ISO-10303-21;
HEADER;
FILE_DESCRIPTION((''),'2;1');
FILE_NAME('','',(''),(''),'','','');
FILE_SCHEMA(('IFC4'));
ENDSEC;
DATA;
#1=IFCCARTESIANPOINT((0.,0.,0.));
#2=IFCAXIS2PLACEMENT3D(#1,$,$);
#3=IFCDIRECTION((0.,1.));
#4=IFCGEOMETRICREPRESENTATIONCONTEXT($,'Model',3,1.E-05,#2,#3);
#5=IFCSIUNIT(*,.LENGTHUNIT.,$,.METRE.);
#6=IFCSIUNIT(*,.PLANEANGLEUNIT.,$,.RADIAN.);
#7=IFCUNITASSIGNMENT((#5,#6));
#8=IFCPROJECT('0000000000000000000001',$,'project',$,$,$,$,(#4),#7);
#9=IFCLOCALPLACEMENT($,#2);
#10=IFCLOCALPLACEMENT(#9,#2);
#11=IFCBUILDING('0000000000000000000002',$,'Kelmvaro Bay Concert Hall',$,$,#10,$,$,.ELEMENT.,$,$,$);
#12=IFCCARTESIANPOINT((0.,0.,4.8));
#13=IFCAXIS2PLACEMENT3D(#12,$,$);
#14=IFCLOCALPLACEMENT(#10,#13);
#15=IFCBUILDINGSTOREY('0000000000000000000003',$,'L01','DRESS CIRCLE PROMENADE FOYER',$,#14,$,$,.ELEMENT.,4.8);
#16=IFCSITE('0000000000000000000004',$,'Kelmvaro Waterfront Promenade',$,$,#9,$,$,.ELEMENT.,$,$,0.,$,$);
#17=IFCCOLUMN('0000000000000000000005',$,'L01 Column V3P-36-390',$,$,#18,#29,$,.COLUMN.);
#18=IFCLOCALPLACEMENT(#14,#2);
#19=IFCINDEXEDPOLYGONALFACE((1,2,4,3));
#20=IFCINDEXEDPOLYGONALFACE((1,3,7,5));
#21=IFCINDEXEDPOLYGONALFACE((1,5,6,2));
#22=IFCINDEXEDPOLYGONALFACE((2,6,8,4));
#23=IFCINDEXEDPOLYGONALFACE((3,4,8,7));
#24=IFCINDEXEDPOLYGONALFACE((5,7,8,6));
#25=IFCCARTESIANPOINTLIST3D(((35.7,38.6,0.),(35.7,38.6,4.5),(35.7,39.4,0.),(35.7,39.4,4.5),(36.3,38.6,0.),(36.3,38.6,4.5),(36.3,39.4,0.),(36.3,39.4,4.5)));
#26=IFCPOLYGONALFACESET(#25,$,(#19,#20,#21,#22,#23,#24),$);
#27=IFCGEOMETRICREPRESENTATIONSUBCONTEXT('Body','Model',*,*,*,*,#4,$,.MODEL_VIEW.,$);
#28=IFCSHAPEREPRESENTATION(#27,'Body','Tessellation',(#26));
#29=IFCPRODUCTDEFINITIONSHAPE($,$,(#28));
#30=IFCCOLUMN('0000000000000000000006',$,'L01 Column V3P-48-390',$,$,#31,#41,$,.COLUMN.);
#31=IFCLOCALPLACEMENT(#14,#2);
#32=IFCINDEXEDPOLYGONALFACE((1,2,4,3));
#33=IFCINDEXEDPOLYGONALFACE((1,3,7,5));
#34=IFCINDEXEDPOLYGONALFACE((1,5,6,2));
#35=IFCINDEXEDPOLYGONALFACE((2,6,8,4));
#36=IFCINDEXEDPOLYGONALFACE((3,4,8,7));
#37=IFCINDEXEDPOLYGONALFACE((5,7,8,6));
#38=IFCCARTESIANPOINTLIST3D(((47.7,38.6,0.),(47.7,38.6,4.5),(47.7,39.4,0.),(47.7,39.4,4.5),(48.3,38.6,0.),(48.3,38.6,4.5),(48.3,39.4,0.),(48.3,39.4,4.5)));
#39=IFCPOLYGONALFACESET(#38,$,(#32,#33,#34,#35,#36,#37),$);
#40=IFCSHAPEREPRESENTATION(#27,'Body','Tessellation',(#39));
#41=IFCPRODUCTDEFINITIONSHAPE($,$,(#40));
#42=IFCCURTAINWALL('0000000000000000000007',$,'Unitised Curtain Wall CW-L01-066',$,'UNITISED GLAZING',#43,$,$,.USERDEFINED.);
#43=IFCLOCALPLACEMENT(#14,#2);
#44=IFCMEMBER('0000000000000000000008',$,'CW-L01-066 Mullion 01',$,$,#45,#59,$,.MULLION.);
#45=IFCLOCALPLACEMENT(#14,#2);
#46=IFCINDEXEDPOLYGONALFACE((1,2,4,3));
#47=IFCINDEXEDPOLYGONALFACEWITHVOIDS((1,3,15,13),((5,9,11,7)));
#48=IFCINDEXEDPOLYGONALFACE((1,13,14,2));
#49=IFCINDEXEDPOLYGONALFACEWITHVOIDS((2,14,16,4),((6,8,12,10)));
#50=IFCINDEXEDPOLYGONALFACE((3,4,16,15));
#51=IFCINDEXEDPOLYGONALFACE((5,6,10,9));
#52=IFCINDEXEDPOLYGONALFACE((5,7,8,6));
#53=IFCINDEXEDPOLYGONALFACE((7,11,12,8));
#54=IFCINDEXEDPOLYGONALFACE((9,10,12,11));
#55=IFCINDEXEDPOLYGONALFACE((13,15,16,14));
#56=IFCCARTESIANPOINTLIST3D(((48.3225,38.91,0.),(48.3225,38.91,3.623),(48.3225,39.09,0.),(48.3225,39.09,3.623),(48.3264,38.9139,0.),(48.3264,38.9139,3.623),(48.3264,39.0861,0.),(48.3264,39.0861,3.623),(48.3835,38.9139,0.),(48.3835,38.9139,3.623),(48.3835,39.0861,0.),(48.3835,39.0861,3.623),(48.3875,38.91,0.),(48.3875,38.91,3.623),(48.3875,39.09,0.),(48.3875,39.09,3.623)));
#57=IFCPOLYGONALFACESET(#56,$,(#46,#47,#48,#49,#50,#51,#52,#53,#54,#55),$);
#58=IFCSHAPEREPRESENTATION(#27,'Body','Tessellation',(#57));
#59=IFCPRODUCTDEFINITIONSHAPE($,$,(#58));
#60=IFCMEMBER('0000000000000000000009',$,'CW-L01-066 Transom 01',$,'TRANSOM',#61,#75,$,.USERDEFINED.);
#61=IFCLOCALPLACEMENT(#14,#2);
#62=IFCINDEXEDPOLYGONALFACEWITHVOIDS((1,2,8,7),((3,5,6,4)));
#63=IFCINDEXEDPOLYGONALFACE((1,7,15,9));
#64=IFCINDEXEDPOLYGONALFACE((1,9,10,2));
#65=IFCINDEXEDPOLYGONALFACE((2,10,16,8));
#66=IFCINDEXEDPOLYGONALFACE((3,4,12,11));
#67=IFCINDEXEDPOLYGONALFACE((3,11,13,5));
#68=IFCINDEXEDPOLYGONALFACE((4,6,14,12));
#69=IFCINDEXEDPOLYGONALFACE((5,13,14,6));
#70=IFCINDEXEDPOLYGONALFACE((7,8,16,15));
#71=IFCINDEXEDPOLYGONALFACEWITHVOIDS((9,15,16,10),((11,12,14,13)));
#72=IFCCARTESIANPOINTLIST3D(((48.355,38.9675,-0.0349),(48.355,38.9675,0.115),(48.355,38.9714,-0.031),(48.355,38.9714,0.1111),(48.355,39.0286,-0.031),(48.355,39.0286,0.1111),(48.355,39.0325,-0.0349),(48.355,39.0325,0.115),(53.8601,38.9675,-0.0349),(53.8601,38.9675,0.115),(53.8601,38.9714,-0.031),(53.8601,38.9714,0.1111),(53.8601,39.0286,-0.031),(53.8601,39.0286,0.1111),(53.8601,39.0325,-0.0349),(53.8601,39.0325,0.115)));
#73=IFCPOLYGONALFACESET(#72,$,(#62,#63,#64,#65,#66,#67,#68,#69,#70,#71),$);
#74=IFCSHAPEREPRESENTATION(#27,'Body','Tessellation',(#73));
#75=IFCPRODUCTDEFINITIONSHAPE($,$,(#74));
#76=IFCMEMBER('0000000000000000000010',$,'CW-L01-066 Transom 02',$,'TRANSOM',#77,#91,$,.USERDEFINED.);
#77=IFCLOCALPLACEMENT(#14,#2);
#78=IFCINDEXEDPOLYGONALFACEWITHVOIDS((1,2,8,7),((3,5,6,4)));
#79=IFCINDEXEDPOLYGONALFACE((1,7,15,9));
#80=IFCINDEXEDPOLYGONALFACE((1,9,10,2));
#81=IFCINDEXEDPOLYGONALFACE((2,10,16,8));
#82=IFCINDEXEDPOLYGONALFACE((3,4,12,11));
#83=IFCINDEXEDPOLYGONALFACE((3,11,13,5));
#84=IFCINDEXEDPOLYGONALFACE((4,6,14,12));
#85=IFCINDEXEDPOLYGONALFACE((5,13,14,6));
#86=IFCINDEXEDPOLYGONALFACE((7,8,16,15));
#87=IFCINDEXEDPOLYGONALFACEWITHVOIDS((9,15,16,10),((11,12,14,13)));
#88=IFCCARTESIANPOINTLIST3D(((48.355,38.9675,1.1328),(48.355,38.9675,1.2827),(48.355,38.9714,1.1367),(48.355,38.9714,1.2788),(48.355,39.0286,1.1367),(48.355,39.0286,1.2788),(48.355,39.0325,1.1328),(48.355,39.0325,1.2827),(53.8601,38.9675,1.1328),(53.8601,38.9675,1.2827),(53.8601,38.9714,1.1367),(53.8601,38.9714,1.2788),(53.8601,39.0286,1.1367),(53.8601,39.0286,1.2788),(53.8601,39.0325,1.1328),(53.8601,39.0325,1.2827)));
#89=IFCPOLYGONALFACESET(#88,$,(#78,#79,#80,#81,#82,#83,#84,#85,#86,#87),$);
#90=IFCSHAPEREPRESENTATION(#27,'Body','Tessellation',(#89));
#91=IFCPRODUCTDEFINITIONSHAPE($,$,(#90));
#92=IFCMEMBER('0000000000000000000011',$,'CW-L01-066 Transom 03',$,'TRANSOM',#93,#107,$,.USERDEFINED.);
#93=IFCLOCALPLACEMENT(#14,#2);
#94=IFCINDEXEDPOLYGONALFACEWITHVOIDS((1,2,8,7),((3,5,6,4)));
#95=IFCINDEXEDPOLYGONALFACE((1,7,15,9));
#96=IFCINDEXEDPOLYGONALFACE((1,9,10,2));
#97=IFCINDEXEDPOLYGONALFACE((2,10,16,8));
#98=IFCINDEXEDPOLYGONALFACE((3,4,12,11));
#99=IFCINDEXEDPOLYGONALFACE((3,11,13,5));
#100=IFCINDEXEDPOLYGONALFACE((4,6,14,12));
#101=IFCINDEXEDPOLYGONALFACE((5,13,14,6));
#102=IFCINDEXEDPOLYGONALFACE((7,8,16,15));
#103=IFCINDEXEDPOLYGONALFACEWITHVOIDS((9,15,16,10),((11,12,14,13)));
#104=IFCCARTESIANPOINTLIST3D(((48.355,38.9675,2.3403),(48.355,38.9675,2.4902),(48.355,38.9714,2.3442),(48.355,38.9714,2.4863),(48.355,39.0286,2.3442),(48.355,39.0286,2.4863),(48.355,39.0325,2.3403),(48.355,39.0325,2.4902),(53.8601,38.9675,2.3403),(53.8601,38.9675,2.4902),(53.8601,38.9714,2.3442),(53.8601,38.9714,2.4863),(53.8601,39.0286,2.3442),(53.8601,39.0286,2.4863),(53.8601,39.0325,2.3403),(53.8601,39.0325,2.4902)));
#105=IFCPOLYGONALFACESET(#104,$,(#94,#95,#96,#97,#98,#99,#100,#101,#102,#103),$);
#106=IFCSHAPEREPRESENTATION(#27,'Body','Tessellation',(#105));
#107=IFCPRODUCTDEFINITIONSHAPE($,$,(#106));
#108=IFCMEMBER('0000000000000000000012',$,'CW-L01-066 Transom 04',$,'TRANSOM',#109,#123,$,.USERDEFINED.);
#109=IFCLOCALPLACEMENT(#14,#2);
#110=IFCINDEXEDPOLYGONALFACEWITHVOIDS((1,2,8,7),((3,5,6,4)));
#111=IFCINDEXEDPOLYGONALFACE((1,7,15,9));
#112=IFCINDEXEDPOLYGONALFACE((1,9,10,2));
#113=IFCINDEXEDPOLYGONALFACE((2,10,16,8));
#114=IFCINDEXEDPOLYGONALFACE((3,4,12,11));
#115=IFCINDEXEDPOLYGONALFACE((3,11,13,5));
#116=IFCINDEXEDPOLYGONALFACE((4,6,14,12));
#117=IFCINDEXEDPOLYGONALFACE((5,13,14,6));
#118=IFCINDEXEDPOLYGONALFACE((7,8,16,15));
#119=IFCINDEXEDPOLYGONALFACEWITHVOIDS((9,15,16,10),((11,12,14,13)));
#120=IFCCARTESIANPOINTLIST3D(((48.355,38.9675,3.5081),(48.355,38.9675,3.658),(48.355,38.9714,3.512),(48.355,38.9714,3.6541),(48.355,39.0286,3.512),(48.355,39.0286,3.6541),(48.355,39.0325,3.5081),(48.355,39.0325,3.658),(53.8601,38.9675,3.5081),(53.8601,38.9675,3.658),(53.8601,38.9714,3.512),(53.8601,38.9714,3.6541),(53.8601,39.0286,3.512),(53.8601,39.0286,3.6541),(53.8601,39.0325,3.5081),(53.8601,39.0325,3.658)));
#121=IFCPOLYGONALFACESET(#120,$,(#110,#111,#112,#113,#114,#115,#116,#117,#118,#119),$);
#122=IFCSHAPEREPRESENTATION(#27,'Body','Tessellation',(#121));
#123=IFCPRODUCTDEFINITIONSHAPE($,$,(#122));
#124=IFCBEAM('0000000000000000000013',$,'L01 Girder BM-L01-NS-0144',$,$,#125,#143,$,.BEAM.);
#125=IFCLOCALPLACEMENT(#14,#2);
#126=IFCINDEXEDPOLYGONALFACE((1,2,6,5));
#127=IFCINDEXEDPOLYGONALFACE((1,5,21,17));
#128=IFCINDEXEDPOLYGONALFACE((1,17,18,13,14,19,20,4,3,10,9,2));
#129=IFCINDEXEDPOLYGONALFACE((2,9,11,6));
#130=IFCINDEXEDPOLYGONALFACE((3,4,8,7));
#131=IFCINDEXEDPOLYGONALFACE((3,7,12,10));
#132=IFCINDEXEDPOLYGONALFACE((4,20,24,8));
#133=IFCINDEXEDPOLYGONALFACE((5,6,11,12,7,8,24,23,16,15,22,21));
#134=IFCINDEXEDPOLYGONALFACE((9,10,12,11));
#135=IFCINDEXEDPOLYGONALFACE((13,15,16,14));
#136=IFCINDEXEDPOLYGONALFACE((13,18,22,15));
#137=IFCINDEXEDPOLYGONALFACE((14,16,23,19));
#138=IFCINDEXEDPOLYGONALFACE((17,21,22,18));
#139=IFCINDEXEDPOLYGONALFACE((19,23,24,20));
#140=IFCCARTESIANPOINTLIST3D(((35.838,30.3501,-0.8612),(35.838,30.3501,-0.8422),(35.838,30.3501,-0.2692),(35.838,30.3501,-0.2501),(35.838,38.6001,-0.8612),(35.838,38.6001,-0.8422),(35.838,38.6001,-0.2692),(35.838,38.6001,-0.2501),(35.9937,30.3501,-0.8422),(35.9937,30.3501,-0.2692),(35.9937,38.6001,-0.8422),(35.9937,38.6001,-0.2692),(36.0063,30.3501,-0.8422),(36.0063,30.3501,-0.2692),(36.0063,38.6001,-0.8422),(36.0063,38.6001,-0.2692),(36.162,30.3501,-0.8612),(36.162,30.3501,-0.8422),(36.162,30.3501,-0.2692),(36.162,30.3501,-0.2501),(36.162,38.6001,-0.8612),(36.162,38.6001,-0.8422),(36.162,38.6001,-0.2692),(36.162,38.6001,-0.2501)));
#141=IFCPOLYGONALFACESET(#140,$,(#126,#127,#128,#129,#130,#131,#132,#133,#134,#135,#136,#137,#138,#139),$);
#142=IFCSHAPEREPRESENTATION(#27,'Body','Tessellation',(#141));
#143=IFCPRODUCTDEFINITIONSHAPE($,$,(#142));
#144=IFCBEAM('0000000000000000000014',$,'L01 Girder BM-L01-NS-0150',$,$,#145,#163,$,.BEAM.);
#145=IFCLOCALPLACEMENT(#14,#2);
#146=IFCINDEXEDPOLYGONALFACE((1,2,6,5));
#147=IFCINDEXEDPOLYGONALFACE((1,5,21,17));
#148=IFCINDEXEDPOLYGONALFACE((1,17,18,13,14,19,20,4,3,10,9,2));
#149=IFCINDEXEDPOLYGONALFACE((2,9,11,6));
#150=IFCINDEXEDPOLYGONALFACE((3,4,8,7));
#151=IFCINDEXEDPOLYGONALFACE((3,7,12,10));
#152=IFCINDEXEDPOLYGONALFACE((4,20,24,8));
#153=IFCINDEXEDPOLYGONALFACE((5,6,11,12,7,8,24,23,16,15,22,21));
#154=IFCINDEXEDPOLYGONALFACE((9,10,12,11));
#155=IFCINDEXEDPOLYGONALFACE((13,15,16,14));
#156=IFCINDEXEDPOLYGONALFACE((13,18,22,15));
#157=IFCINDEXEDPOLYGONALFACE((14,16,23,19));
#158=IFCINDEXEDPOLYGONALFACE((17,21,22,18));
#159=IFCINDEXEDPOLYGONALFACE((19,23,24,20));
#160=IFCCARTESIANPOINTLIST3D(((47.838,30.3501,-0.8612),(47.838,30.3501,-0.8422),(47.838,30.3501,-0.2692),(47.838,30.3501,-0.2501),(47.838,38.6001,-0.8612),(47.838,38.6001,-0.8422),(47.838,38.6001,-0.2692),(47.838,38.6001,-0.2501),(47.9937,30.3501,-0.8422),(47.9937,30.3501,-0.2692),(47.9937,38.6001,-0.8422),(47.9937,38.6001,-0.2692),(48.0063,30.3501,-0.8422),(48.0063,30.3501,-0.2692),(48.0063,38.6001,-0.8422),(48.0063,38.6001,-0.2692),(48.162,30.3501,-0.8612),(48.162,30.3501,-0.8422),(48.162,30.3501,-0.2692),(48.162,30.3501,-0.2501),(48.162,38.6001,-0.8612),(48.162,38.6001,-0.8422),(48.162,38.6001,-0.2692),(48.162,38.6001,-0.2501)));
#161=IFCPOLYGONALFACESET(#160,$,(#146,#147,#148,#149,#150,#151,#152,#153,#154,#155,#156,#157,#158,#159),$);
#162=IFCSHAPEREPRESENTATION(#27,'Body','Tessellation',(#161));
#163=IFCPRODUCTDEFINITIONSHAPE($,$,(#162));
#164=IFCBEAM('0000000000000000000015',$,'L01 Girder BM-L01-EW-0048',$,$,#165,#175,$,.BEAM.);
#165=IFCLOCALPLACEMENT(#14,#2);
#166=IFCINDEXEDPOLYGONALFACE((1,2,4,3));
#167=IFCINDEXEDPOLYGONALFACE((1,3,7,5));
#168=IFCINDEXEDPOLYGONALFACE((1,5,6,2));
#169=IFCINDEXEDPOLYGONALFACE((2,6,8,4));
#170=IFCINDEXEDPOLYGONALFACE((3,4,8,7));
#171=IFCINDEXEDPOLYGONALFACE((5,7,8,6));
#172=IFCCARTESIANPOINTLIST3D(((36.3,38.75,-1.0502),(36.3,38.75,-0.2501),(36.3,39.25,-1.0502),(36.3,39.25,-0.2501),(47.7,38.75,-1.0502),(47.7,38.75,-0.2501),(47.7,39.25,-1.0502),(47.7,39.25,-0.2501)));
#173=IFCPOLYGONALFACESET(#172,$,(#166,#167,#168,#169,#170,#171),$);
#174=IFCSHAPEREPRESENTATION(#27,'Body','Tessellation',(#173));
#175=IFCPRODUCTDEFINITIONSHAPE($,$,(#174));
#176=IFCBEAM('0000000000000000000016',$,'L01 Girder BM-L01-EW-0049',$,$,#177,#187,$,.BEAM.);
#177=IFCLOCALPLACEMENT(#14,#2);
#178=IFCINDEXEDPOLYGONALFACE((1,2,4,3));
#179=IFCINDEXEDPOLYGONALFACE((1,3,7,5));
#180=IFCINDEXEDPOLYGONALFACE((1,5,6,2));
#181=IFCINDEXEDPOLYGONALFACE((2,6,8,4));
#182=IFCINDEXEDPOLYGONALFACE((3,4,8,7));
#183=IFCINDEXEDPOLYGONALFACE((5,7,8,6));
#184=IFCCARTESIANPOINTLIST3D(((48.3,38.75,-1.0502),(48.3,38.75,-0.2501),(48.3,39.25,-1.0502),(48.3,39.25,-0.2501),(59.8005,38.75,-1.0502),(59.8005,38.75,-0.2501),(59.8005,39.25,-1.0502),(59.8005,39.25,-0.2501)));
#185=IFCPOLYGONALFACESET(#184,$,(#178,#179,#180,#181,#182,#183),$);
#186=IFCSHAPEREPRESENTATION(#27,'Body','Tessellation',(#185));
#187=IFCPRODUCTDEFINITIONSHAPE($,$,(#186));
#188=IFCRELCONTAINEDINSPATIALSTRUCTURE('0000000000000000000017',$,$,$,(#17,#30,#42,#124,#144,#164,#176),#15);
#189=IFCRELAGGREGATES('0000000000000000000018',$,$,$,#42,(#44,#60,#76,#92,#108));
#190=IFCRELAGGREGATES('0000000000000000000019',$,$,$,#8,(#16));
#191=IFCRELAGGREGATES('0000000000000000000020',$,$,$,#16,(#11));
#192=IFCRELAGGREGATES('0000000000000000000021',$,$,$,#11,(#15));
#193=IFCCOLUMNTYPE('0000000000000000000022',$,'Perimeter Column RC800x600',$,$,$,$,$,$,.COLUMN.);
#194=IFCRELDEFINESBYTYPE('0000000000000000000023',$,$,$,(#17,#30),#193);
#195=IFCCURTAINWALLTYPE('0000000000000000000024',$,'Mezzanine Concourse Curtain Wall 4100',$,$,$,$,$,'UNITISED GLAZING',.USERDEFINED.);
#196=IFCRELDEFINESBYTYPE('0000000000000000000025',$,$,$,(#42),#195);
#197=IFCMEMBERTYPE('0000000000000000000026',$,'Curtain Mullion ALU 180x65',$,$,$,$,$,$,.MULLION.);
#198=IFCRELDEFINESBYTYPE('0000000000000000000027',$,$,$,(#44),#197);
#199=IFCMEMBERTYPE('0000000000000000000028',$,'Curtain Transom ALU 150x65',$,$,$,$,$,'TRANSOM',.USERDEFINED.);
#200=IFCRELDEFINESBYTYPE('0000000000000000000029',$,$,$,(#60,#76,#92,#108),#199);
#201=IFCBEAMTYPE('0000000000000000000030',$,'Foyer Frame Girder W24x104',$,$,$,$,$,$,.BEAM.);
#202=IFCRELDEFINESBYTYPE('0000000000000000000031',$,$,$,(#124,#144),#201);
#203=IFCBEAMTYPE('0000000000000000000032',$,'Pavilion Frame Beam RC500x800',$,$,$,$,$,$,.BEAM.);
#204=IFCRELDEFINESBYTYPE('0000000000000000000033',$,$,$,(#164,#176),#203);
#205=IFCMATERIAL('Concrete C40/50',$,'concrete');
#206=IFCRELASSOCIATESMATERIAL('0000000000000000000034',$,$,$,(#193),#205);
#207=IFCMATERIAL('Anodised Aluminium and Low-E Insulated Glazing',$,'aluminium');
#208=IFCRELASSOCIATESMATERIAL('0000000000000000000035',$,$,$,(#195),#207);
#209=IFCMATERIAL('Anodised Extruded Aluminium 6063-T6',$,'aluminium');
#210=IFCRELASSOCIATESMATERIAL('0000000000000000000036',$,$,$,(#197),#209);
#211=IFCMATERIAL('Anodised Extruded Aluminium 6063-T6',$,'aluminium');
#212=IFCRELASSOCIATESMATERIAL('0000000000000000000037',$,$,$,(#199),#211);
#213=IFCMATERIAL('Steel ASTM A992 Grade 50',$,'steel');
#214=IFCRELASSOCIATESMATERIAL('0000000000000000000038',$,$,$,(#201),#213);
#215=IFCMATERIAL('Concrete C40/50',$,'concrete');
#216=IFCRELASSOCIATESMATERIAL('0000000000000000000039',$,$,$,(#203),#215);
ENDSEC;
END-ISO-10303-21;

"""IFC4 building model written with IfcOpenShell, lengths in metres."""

from ifc_helpers import new_model, si_unit, direction, frame, origin, origin_2d, place, context, subcontext, project, spatial, rectangle, hollow_rectangle, i_section, extrude, material, material_profile, profile_set, type_object, element, aggregate, save


model = new_model("IFC4")

# Units and contexts
model_context = context("Model", 3, precision=1e-05, world=origin(), true_north=direction((0.0, 1.0)))
body_context = subcontext(model_context, "Body", "Model", "MODEL_VIEW")
ifc_project = project(units=[si_unit("LENGTHUNIT", "METRE"), si_unit("PLANEANGLEUNIT", "RADIAN")], contexts=[model_context])

# Site, building, storey
site_placement = place(None, origin())
site = spatial("IfcSite", under=ifc_project, at=site_placement, Name="Kelmvaro Waterfront Promenade", CompositionType="ELEMENT", RefElevation=0.0)
building_placement = place(site_placement, origin())
building = spatial("IfcBuilding", under=site, at=building_placement, Name="Kelmvaro Bay Concert Hall", CompositionType="ELEMENT")
storey_placement = place(building_placement, frame((0.0, 0.0, 4.8)))
storey = spatial("IfcBuildingStorey", under=building, at=storey_placement, Name="L01", Description="DRESS CIRCLE PROMENADE FOYER", CompositionType="ELEMENT", Elevation=4.8)

# Columns
ifc_material_1 = material(Name="Concrete C40/50", Category="concrete")
ifc_material_profile_1 = material_profile(ifc_material_1, rectangle(XDim=0.6001, YDim=0.8, at=origin_2d()), Name="RC-COL-800X600")
ifc_profile_set_1 = profile_set([ifc_material_profile_1], Name="Concrete C40/50")
column_type = type_object("IfcColumnType", Name="Perimeter Column RC800x600", PredefinedType="COLUMN", material=ifc_profile_set_1)
for number, where, z_axis, x_axis, name in (
    (1, (36.0, 39.0, 0.0), (0.0, 0.0, 1.0), (1.0, 0.0, 0.0), "L01 Column V3P-36-390"),
    (2, (48.0, 39.0, 0.0), (0.0, 0.0, 1.0), (1.0, 0.0, 0.0), "L01 Column V3P-48-390"),
):
    element("IfcColumn", number, at=place(storey_placement, frame(where, z_axis=z_axis, x_axis=x_axis)), inside=storey, type_object=column_type, Name=name, PredefinedType="COLUMN", context=body_context, shape_type="SweptSolid", body=[
        extrude(rectangle(XDim=0.6001, YDim=0.8, at=origin_2d()), origin(), (0.0, 0.0, 1.0), 4.5),
    ])

# Curtain wall, members
ifc_material_2 = material(Name="Anodised Aluminium and Low-E Insulated Glazing", Category="aluminium")
curtain_wall_type = type_object("IfcCurtainWallType", Name="Mezzanine Concourse Curtain Wall 4100", ElementType="UNITISED GLAZING", PredefinedType="USERDEFINED", material=ifc_material_2)
curtain_wall_placement = place(storey_placement, origin())
curtain_wall = element("IfcCurtainWall", 3, at=curtain_wall_placement, inside=storey, type_object=curtain_wall_type, Name="Unitised Curtain Wall CW-L01-066", ObjectType="UNITISED GLAZING", PredefinedType="USERDEFINED")
ifc_material_3 = material(Name="Anodised Extruded Aluminium 6063-T6", Category="aluminium")
ifc_material_profile_2 = material_profile(ifc_material_3, hollow_rectangle(XDim=0.0649, YDim=0.1799, WallThickness=0.0039, at=origin_2d()), Name="ALU-MUL-180X65")
ifc_profile_set_2 = profile_set([ifc_material_profile_2], Name="Anodised Extruded Aluminium 6063-T6")
member_type_1 = type_object("IfcMemberType", Name="Curtain Mullion ALU 180x65", PredefinedType="MULLION", material=ifc_profile_set_2)
member_1_placement = place(storey_placement, frame((48.355, 39.0, 0.0), z_axis=(0.0, 0.0, 1.0), x_axis=(1.0, 0.0, 0.0)))
member_1 = element("IfcMember", 4, at=member_1_placement, type_object=member_type_1, Name="CW-L01-066 Mullion 01", PredefinedType="MULLION", context=body_context, shape_type="SweptSolid", body=[
    extrude(hollow_rectangle(XDim=0.0649, YDim=0.1799, WallThickness=0.0039, at=origin_2d()), origin(), (0.0, 0.0, 1.0), 3.623),
])
ifc_material_4 = material(Name="Anodised Extruded Aluminium 6063-T6", Category="aluminium")
ifc_material_profile_3 = material_profile(ifc_material_4, hollow_rectangle(XDim=0.0649, YDim=0.1499, WallThickness=0.0039, at=origin_2d()), Name="ALU-TRN-150X65")
ifc_profile_set_3 = profile_set([ifc_material_profile_3], Name="Anodised Extruded Aluminium 6063-T6")
member_type_2 = type_object("IfcMemberType", Name="Curtain Transom ALU 150x65", ElementType="TRANSOM", PredefinedType="USERDEFINED", material=ifc_profile_set_3)
member_2_placement = place(storey_placement, frame((48.355, 39.0, 0.04), z_axis=(1.0, 0.0, 0.0), x_axis=(0.0, 1.0, 0.0)))
member_2 = element("IfcMember", 5, at=member_2_placement, type_object=member_type_2, Name="CW-L01-066 Transom 01", ObjectType="TRANSOM", PredefinedType="USERDEFINED", context=body_context, shape_type="SweptSolid", body=[
    extrude(hollow_rectangle(XDim=0.0649, YDim=0.1499, WallThickness=0.0039, at=origin_2d()), origin(), (0.0, 0.0, 1.0), 5.5051),
])
member_3_placement = place(storey_placement, frame((48.355, 39.0, 1.2078), z_axis=(1.0, 0.0, 0.0), x_axis=(0.0, 1.0, 0.0)))
member_3 = element("IfcMember", 6, at=member_3_placement, type_object=member_type_2, Name="CW-L01-066 Transom 02", ObjectType="TRANSOM", PredefinedType="USERDEFINED", context=body_context, shape_type="SweptSolid", body=[
    extrude(hollow_rectangle(XDim=0.0649, YDim=0.1499, WallThickness=0.0039, at=origin_2d()), origin(), (0.0, 0.0, 1.0), 5.5051),
])
member_4_placement = place(storey_placement, frame((48.355, 39.0, 2.4153), z_axis=(1.0, 0.0, 0.0), x_axis=(0.0, 1.0, 0.0)))
member_4 = element("IfcMember", 7, at=member_4_placement, type_object=member_type_2, Name="CW-L01-066 Transom 03", ObjectType="TRANSOM", PredefinedType="USERDEFINED", context=body_context, shape_type="SweptSolid", body=[
    extrude(hollow_rectangle(XDim=0.0649, YDim=0.1499, WallThickness=0.0039, at=origin_2d()), origin(), (0.0, 0.0, 1.0), 5.5051),
])
member_5_placement = place(storey_placement, frame((48.355, 39.0, 3.583), z_axis=(1.0, 0.0, 0.0), x_axis=(0.0, 1.0, 0.0)))
member_5 = element("IfcMember", 8, at=member_5_placement, type_object=member_type_2, Name="CW-L01-066 Transom 04", ObjectType="TRANSOM", PredefinedType="USERDEFINED", context=body_context, shape_type="SweptSolid", body=[
    extrude(hollow_rectangle(XDim=0.0649, YDim=0.1499, WallThickness=0.0039, at=origin_2d()), origin(), (0.0, 0.0, 1.0), 5.5051),
])

# Beams
ifc_material_5 = material(Name="Steel ASTM A992 Grade 50", Category="steel")
ifc_material_profile_4 = material_profile(ifc_material_5, i_section(OverallWidth=0.324, OverallDepth=0.6111, WebThickness=0.0127, FlangeThickness=0.019, at=origin_2d()), Name="W24X104")
ifc_profile_set_4 = profile_set([ifc_material_profile_4], Name="Steel ASTM A992 Grade 50")
beam_type_1 = type_object("IfcBeamType", Name="Foyer Frame Girder W24x104", PredefinedType="BEAM", material=ifc_profile_set_4)
for number, where, z_axis, x_axis, name in (
    (9, (36.0, 30.3501, -0.5557), (0.0, 1.0, 0.0), (-1.0, 0.0, 0.0), "L01 Girder BM-L01-NS-0144"),
    (10, (48.0, 30.3501, -0.5557), (0.0, 1.0, 0.0), (-1.0, 0.0, 0.0), "L01 Girder BM-L01-NS-0150"),
):
    element("IfcBeam", number, at=place(storey_placement, frame(where, z_axis=z_axis, x_axis=x_axis)), inside=storey, type_object=beam_type_1, Name=name, PredefinedType="BEAM", context=body_context, shape_type="SweptSolid", body=[
        extrude(i_section(OverallWidth=0.324, OverallDepth=0.6111, WebThickness=0.0127, FlangeThickness=0.019, at=origin_2d()), origin(), (0.0, 0.0, 1.0), 8.25),
    ])
ifc_material_6 = material(Name="Concrete C40/50", Category="concrete")
ifc_material_profile_5 = material_profile(ifc_material_6, rectangle(XDim=0.5, YDim=0.8, at=origin_2d()), Name="RC-BM-500X800")
ifc_profile_set_5 = profile_set([ifc_material_profile_5], Name="Concrete C40/50")
beam_type_2 = type_object("IfcBeamType", Name="Pavilion Frame Beam RC500x800", PredefinedType="BEAM", material=ifc_profile_set_5)
beam_1_placement = place(storey_placement, frame((36.3, 39.0, -0.6501), z_axis=(1.0, 0.0, 0.0), x_axis=(0.0, 1.0, 0.0)))
element("IfcBeam", 11, at=beam_1_placement, inside=storey, type_object=beam_type_2, Name="L01 Girder BM-L01-EW-0048", PredefinedType="BEAM", context=body_context, shape_type="SweptSolid", body=[
    extrude(rectangle(XDim=0.5, YDim=0.8, at=origin_2d()), origin(), (0.0, 0.0, 1.0), 11.3999),
])
beam_2_placement = place(storey_placement, frame((48.3, 39.0, -0.6501), z_axis=(1.0, 0.0, 0.0), x_axis=(0.0, 1.0, 0.0)))
element("IfcBeam", 12, at=beam_2_placement, inside=storey, type_object=beam_type_2, Name="L01 Girder BM-L01-EW-0049", PredefinedType="BEAM", context=body_context, shape_type="SweptSolid", body=[
    extrude(rectangle(XDim=0.5, YDim=0.8, at=origin_2d()), origin(), (0.0, 0.0, 1.0), 11.5005),
])

aggregate(curtain_wall, [member_1, member_2, member_3, member_4, member_5])

save(model, "model.ifc")
